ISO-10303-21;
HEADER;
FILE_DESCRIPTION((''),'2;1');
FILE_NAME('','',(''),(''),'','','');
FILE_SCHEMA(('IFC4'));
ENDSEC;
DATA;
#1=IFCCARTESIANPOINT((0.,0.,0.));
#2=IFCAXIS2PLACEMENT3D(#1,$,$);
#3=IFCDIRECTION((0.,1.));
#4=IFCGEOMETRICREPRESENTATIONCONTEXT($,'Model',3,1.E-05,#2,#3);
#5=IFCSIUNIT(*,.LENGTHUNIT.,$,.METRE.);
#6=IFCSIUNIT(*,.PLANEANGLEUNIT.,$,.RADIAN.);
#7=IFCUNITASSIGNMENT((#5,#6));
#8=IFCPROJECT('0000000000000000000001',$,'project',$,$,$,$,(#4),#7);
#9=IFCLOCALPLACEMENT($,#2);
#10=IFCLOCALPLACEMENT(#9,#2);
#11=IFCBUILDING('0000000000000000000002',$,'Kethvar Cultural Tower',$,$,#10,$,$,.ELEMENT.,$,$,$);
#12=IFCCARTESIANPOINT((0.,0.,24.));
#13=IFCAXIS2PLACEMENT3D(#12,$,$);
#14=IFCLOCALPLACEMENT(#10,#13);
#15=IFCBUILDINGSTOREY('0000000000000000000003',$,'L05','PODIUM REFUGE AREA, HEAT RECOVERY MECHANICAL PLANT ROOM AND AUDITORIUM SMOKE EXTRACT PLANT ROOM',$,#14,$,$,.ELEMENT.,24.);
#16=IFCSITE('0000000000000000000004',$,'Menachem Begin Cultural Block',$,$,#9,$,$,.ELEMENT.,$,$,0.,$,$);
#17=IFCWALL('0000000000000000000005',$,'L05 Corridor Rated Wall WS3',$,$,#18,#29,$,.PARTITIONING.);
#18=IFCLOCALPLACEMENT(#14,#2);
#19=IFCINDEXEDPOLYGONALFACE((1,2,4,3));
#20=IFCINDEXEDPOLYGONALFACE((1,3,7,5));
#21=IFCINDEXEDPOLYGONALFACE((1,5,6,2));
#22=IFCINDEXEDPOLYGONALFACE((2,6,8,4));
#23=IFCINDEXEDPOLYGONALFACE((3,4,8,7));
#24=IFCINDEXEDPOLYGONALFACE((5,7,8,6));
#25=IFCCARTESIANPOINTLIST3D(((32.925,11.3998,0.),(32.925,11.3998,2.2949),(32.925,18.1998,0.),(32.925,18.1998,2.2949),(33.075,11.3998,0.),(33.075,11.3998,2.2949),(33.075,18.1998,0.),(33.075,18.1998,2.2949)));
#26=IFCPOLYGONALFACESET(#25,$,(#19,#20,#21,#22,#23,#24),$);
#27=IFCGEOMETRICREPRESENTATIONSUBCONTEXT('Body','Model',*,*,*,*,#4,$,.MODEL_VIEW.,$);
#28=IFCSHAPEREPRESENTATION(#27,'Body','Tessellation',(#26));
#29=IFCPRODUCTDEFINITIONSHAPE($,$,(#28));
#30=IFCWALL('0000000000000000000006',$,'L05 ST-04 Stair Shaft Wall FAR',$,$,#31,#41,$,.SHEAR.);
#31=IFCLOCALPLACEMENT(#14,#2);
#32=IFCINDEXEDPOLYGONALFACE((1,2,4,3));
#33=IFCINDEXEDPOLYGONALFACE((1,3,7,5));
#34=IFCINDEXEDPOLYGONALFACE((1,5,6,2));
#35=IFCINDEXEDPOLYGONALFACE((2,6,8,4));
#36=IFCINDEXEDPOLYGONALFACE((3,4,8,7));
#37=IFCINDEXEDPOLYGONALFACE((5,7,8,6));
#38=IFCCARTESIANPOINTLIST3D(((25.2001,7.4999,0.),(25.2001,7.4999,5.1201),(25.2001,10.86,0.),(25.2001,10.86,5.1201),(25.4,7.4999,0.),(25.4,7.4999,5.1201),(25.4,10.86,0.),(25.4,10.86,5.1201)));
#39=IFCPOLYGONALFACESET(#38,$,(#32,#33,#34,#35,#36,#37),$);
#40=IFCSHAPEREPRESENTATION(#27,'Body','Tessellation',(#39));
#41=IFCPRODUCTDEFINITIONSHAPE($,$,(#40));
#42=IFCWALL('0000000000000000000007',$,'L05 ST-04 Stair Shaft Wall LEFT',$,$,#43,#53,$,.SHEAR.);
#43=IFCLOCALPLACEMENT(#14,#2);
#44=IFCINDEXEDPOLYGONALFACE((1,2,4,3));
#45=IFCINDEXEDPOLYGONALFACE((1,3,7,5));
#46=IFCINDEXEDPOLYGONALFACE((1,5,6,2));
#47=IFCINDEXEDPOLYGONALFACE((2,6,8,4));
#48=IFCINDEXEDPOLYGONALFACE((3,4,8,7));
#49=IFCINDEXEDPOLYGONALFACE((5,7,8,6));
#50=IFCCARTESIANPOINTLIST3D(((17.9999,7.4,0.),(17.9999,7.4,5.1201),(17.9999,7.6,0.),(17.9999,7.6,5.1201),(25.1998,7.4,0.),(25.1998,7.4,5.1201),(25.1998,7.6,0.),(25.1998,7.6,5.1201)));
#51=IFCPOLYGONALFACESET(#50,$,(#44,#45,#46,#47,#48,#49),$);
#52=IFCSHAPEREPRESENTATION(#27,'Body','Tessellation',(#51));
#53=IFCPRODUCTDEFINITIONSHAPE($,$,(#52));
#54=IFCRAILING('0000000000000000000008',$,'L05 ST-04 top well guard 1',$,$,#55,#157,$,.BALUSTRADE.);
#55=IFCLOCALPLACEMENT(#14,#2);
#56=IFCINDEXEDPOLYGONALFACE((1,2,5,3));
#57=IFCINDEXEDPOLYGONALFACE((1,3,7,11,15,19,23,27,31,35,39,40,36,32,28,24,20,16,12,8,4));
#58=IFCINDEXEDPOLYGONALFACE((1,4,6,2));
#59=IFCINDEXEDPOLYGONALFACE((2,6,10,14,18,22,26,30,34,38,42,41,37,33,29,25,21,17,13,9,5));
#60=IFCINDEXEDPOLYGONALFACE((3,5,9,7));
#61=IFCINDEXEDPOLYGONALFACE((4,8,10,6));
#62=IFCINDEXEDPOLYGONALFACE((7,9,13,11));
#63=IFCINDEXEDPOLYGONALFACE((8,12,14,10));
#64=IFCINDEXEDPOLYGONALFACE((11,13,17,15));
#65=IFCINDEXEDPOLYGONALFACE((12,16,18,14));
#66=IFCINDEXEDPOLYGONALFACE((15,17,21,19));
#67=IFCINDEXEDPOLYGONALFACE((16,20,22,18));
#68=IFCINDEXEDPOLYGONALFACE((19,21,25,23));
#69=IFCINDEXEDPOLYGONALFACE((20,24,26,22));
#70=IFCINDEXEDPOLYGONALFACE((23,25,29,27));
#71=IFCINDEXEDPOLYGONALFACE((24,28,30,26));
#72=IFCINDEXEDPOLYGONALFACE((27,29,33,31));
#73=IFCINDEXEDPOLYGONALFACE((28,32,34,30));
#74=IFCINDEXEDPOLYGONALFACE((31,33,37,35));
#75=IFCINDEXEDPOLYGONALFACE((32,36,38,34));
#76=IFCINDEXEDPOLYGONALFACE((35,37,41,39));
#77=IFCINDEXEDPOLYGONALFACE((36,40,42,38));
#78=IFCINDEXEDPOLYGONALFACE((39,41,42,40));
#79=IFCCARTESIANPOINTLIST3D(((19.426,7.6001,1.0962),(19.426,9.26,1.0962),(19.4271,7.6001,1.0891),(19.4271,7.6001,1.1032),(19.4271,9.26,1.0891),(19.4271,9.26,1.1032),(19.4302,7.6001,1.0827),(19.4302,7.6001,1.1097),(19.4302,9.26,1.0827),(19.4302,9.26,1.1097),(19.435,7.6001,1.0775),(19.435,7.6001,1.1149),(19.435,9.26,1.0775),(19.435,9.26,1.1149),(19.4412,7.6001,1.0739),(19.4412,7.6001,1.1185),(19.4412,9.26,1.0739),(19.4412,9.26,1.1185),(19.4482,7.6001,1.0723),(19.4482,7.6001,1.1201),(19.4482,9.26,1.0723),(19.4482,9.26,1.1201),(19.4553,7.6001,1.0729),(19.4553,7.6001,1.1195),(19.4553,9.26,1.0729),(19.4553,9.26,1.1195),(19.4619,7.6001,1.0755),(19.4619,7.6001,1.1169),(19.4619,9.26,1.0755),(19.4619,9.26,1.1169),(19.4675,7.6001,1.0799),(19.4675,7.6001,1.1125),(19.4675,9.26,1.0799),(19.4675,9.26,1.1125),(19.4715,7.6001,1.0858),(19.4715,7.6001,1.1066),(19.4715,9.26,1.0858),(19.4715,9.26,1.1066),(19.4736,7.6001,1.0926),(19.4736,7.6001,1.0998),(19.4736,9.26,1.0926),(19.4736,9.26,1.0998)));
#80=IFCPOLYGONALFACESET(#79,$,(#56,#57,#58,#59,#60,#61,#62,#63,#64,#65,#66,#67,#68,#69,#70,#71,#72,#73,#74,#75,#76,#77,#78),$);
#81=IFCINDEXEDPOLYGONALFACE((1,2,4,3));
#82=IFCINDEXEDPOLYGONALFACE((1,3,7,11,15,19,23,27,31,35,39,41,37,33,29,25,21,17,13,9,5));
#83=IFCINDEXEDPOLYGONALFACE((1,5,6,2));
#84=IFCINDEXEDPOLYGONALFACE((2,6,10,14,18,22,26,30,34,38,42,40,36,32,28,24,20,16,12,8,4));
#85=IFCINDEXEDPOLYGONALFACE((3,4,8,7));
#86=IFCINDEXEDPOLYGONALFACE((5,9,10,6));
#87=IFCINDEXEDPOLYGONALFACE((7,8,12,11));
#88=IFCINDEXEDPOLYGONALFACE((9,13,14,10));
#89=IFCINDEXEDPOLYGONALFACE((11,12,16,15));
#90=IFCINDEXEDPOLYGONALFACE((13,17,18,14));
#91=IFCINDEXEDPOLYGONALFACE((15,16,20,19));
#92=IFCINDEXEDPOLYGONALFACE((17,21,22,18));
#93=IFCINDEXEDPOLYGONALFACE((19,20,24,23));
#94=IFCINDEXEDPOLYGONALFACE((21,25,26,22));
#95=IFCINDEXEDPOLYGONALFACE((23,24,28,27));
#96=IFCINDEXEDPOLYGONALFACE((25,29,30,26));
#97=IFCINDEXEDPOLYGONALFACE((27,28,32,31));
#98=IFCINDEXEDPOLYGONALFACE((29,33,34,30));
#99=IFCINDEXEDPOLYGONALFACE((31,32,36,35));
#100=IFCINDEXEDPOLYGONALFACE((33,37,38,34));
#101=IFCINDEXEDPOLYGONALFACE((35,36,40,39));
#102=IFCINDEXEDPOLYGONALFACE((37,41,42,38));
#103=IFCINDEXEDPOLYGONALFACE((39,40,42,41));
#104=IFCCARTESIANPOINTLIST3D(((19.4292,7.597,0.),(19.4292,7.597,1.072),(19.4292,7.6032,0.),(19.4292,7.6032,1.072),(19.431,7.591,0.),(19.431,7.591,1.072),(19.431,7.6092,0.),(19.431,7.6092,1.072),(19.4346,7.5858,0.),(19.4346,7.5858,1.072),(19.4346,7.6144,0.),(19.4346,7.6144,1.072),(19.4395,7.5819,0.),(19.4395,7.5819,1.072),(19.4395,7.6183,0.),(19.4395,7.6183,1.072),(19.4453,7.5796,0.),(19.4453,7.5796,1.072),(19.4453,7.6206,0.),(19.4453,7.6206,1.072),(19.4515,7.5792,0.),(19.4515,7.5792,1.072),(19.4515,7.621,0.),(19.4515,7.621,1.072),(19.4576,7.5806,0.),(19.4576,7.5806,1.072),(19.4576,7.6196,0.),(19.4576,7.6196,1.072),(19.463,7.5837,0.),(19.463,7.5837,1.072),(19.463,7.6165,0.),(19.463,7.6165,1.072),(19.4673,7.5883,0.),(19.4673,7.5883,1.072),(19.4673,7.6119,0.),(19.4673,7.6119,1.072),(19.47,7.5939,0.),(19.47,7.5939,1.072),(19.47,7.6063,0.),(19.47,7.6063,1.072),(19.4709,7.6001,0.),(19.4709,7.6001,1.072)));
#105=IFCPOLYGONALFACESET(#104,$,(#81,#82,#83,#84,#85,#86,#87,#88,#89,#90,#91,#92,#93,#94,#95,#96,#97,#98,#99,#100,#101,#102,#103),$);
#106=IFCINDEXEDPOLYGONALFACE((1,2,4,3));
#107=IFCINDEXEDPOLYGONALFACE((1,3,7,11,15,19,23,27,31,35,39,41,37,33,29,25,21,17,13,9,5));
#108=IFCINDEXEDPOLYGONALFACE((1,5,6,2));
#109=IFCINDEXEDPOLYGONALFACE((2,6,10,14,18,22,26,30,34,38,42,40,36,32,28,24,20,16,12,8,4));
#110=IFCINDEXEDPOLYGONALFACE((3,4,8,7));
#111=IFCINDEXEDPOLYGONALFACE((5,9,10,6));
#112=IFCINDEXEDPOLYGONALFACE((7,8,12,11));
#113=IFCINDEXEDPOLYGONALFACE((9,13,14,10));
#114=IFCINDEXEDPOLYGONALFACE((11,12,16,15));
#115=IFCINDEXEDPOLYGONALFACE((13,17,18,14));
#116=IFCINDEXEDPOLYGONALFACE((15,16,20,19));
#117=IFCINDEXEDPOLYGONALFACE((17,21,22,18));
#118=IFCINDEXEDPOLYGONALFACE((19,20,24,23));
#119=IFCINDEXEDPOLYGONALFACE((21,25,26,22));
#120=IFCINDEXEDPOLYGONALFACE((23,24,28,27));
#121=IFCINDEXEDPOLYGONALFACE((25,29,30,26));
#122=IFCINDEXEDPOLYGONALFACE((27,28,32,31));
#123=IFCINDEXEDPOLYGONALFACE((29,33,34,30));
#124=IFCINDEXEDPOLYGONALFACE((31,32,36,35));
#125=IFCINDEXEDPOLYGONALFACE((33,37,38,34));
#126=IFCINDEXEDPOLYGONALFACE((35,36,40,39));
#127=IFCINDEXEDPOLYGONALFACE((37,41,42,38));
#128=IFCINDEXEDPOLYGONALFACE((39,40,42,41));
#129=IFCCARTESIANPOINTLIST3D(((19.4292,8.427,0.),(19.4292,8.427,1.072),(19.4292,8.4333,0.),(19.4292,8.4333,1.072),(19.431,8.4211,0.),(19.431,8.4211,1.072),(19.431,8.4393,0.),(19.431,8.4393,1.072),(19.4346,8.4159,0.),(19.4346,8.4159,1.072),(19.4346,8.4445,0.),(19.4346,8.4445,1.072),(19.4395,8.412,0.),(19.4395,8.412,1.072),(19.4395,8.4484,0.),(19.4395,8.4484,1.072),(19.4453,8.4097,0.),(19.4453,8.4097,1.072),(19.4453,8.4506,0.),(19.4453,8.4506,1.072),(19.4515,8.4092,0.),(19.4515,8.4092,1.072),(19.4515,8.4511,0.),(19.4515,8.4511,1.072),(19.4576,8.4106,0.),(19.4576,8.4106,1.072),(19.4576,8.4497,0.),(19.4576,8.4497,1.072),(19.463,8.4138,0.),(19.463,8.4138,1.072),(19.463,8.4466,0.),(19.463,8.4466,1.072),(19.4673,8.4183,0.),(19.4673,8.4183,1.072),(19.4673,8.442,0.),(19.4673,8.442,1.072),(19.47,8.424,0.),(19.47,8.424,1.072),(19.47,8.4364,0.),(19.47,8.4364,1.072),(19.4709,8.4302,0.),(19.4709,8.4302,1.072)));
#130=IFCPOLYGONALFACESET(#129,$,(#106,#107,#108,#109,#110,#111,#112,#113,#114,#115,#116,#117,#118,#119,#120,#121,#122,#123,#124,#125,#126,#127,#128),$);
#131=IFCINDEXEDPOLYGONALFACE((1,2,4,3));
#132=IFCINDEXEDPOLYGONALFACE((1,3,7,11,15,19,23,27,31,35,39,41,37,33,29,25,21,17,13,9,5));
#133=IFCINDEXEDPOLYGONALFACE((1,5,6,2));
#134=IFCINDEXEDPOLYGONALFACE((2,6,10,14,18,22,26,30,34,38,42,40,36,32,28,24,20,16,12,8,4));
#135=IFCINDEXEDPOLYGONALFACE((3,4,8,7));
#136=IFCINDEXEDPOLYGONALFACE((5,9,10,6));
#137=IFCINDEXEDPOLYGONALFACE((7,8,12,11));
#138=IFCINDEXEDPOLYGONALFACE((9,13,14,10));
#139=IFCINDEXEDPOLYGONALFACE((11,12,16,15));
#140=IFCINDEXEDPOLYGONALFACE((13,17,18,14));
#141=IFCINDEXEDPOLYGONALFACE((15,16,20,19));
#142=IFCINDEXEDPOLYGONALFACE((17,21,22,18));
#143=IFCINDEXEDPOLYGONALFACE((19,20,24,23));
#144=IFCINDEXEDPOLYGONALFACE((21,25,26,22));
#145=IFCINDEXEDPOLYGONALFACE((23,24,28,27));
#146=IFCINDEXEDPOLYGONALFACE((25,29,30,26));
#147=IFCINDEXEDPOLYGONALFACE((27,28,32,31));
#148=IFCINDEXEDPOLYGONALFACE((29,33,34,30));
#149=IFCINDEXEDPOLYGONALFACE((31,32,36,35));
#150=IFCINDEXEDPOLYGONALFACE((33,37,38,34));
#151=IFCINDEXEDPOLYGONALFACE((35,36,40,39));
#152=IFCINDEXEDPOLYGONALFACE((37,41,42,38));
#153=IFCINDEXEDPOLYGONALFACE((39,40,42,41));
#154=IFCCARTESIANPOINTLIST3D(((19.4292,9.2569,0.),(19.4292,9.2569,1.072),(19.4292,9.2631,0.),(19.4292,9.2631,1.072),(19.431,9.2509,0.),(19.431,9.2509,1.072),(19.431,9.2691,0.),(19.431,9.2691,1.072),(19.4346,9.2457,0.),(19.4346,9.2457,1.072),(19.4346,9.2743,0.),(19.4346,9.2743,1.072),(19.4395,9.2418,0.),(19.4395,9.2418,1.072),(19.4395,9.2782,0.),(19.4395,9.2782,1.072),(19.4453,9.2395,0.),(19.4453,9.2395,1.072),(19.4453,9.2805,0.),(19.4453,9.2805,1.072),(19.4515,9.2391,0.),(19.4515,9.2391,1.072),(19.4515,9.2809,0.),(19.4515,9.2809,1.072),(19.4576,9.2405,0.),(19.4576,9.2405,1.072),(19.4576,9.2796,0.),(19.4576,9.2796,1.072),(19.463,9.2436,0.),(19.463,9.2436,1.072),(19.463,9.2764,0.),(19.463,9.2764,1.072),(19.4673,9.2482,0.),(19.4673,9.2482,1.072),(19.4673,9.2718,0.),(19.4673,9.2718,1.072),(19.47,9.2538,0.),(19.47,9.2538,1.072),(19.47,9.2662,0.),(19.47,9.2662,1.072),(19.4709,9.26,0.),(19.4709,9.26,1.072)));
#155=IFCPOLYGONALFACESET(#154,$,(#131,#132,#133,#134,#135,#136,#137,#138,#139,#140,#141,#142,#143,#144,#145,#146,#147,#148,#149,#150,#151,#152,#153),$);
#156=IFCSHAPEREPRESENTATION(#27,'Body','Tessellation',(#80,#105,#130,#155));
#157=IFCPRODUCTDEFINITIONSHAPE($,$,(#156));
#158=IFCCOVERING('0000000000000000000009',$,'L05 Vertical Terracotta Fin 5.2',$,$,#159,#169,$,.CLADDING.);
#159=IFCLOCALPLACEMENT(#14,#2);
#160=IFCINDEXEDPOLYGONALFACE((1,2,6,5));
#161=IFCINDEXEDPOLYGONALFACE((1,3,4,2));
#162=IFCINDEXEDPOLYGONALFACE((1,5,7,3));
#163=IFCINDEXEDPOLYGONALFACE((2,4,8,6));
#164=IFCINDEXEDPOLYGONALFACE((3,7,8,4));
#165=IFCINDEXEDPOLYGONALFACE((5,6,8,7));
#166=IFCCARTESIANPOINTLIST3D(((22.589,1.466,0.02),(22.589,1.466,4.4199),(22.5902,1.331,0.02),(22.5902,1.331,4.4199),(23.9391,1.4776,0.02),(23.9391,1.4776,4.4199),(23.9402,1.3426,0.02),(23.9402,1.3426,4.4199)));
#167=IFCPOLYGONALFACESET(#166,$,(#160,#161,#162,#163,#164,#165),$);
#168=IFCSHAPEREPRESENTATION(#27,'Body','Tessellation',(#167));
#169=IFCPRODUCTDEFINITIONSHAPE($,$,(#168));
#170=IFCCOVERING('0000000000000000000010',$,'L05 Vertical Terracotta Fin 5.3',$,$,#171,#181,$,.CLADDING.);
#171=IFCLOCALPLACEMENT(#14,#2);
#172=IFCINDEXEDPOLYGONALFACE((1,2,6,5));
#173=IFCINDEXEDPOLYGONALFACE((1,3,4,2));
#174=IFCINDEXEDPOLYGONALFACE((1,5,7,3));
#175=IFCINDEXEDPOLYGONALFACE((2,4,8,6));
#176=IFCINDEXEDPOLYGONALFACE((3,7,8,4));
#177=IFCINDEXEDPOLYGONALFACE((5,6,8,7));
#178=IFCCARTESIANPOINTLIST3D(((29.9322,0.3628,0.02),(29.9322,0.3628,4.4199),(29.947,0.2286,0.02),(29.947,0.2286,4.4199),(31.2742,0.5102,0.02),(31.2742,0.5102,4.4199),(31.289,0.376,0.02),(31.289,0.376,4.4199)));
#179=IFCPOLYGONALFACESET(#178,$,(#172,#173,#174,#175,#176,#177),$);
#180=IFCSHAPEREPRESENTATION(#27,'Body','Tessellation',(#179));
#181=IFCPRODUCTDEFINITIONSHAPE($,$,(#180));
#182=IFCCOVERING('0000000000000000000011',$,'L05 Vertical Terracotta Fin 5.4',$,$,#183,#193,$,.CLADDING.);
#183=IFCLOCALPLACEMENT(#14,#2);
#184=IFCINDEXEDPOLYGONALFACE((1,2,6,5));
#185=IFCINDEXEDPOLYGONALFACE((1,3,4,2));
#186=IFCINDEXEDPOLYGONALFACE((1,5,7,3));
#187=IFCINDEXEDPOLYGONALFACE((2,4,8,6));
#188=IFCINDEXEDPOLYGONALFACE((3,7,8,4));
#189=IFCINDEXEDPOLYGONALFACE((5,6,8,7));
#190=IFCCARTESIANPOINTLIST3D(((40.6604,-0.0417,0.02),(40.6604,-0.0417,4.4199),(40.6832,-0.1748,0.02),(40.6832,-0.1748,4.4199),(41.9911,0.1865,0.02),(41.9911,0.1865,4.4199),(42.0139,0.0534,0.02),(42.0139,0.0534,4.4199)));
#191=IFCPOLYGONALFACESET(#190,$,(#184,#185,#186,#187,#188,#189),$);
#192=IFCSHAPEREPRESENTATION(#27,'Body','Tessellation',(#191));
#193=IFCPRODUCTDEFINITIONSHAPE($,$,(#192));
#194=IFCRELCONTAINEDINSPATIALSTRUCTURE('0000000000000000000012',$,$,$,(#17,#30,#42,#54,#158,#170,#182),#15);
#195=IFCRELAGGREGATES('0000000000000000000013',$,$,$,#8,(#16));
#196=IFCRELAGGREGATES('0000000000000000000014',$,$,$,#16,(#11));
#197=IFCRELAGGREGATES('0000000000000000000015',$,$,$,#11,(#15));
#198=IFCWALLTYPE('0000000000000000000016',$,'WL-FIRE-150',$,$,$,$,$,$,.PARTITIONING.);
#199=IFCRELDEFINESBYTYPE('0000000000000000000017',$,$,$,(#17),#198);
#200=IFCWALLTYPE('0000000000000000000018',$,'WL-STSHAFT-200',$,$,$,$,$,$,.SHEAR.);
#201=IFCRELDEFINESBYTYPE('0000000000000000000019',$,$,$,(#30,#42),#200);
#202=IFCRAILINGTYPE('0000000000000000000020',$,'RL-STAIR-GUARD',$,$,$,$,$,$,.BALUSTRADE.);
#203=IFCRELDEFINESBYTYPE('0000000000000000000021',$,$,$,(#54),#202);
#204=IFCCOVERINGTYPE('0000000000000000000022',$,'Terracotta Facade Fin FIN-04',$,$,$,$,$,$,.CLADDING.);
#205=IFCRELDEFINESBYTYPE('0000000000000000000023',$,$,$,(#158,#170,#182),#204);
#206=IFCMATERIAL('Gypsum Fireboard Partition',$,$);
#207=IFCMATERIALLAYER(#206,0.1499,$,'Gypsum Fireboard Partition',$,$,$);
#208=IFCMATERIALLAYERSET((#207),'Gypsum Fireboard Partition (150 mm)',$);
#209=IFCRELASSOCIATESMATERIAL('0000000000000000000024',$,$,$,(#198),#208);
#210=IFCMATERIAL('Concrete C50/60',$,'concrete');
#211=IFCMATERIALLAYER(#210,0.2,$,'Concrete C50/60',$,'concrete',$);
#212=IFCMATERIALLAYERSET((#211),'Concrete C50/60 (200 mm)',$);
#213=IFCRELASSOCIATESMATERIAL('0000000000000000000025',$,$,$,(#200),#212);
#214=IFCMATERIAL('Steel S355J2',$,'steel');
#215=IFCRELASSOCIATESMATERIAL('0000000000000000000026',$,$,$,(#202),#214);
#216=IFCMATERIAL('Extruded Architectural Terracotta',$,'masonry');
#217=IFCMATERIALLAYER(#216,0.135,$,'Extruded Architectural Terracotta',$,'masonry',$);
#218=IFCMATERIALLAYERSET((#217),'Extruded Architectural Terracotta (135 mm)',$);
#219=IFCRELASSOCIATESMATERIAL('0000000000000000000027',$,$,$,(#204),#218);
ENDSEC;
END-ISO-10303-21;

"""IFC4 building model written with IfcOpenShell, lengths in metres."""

from ifc_helpers import new_model, si_unit, direction, frame, frame_2d, origin, origin_2d, place, context, subcontext, project, spatial, rectangle, circle, extrude, source, transform, mapped, material, layer, layer_set, type_object, element, save


model = new_model("IFC4")

# Units and contexts
model_context = context("Model", 3, precision=1e-05, world=origin(), true_north=direction((0.0, 1.0)))
body_context = subcontext(model_context, "Body", "Model", "MODEL_VIEW")
ifc_project = project(units=[si_unit("LENGTHUNIT", "METRE"), si_unit("PLANEANGLEUNIT", "RADIAN")], contexts=[model_context])

# Site, building, storey
site_placement = place(None, origin())
site = spatial("IfcSite", under=ifc_project, at=site_placement, Name="Menachem Begin Cultural Block", CompositionType="ELEMENT", RefElevation=0.0)
building_placement = place(site_placement, origin())
building = spatial("IfcBuilding", under=site, at=building_placement, Name="Kethvar Cultural Tower", CompositionType="ELEMENT")
storey_placement = place(building_placement, frame((0.0, 0.0, 24.0)))
storey = spatial("IfcBuildingStorey", under=building, at=storey_placement, Name="L05", Description="PODIUM REFUGE AREA, HEAT RECOVERY MECHANICAL PLANT ROOM AND AUDITORIUM SMOKE EXTRACT PLANT ROOM", CompositionType="ELEMENT", Elevation=24.0)

# Shared definitions
ifc_material_1 = material(Name="Steel S355J2", Category="steel")

# Shared definitions
ifc_material_2 = material(Name="Gypsum Fireboard Partition")
ifc_layer_1 = layer(ifc_material_2, 0.1499, Name="Gypsum Fireboard Partition")
ifc_layer_set_1 = layer_set([ifc_layer_1], Name="Gypsum Fireboard Partition (150 mm)")
wall_type_1 = type_object("IfcWallType", Name="WL-FIRE-150", PredefinedType="PARTITIONING", material=ifc_layer_set_1)

# Walls
wall_1_placement = place(storey_placement, frame((33.0, 11.3999, 0.0), z_axis=(0.0, 0.0, 1.0), x_axis=(0.0, 1.0, 0.0)))
element("IfcWall", 1, at=wall_1_placement, inside=storey, type_object=wall_type_1, Name="L05 Corridor Rated Wall WS3", PredefinedType="PARTITIONING", context=body_context, shape_type="SweptSolid", body=[
    extrude(rectangle(XDim=6.8, YDim=0.1499, at=frame_2d((3.3999, 0.0))), origin(), (0.0, 0.0, 1.0), 2.2949),
])
ifc_material_3 = material(Name="Concrete C50/60", Category="concrete")
ifc_layer_2 = layer(ifc_material_3, 0.2, Name="Concrete C50/60", Category="concrete")
ifc_layer_set_2 = layer_set([ifc_layer_2], Name="Concrete C50/60 (200 mm)")
wall_type_2 = type_object("IfcWallType", Name="WL-STSHAFT-200", PredefinedType="SHEAR", material=ifc_layer_set_2)
wall_2_placement = place(storey_placement, frame((25.3, 10.8601, 0.0), z_axis=(0.0, 0.0, 1.0), x_axis=(0.0, -1.0, 0.0)))
element("IfcWall", 2, at=wall_2_placement, inside=storey, type_object=wall_type_2, Name="L05 ST-04 Stair Shaft Wall FAR", PredefinedType="SHEAR", context=body_context, shape_type="SweptSolid", body=[
    extrude(rectangle(XDim=3.3601, YDim=0.2, at=frame_2d((1.6802, 0.0))), origin(), (0.0, 0.0, 1.0), 5.1201),
])
wall_3_placement = place(storey_placement, frame((25.2, 7.5, 0.0), z_axis=(0.0, 0.0, 1.0), x_axis=(-1.0, 0.0, 0.0)))
element("IfcWall", 3, at=wall_3_placement, inside=storey, type_object=wall_type_2, Name="L05 ST-04 Stair Shaft Wall LEFT", PredefinedType="SHEAR", context=body_context, shape_type="SweptSolid", body=[
    extrude(rectangle(XDim=7.2, YDim=0.2, at=frame_2d((3.6001, 0.0))), origin(), (0.0, 0.0, 1.0), 5.1201),
])

# Railing
railing_type = type_object("IfcRailingType", Name="RL-STAIR-GUARD", PredefinedType="BALUSTRADE", material=ifc_material_1)
railing_placement = place(storey_placement, frame((19.45, 7.6001, 0.0)))
element("IfcRailing", 4, at=railing_placement, inside=storey, type_object=railing_type, Name="L05 ST-04 top well guard 1", PredefinedType="BALUSTRADE", context=body_context, shape_type="SweptSolid", body=[
    extrude(circle(Radius=0.0239, at=origin_2d()), frame((0.0, 0.0, 1.0962), z_axis=(0.0, 1.0, 0.0), x_axis=(-1.0, 0.0, 0.0)), (0.0, 0.0, 1.0), 1.6599),
    extrude(circle(Radius=0.021, at=origin_2d()), origin(), (0.0, 0.0, 1.0), 1.072),
    extrude(circle(Radius=0.021, at=origin_2d()), frame((0.0, 0.8301, 0.0)), (0.0, 0.0, 1.0), 1.072),
    extrude(circle(Radius=0.021, at=origin_2d()), frame((0.0, 1.6599, 0.0)), (0.0, 0.0, 1.0), 1.072),
])

# Coverings
ifc_material_4 = material(Name="Extruded Architectural Terracotta", Category="masonry")
ifc_layer_3 = layer(ifc_material_4, 0.135, Name="Extruded Architectural Terracotta", Category="masonry")
ifc_layer_set_3 = layer_set([ifc_layer_3], Name="Extruded Architectural Terracotta (135 mm)")
covering_type = type_object("IfcCoveringType", Name="Terracotta Facade Fin FIN-04", PredefinedType="CLADDING", material=ifc_layer_set_3)
shared_shape_1 = source(origin(), body_context, "Body", "SweptSolid", [
    extrude(rectangle(XDim=1.3501, YDim=0.135, at=origin_2d()), origin(), (0.0, 0.0, 1.0), 4.3999),
])
for number, where, z_axis, x_axis, name in (
    (5, (23.2646, 1.4043, 0.02), (0.0, 0.0, 1.0), (-0.999963, -0.008552, 0.0), "L05 Vertical Terracotta Fin 5.2"),
    (6, (30.6106, 0.3694, 0.02), (0.0, 0.0, 1.0), (-0.994018, -0.109214, 0.0), "L05 Vertical Terracotta Fin 5.3"),
    (7, (41.3372, 0.0059, 0.02), (0.0, 0.0, 1.0), (-0.985615, -0.169005, 0.0), "L05 Vertical Terracotta Fin 5.4"),
):
    element("IfcCovering", number, at=place(storey_placement, frame(where, z_axis=z_axis, x_axis=x_axis)), inside=storey, type_object=covering_type, Name=name, PredefinedType="CLADDING", context=body_context, shape_type="MappedRepresentation", body=[
        mapped(shared_shape_1, transform((0.0, 0.0, 0.0), scale=1.0)),
    ])

save(model, "model.ifc")
